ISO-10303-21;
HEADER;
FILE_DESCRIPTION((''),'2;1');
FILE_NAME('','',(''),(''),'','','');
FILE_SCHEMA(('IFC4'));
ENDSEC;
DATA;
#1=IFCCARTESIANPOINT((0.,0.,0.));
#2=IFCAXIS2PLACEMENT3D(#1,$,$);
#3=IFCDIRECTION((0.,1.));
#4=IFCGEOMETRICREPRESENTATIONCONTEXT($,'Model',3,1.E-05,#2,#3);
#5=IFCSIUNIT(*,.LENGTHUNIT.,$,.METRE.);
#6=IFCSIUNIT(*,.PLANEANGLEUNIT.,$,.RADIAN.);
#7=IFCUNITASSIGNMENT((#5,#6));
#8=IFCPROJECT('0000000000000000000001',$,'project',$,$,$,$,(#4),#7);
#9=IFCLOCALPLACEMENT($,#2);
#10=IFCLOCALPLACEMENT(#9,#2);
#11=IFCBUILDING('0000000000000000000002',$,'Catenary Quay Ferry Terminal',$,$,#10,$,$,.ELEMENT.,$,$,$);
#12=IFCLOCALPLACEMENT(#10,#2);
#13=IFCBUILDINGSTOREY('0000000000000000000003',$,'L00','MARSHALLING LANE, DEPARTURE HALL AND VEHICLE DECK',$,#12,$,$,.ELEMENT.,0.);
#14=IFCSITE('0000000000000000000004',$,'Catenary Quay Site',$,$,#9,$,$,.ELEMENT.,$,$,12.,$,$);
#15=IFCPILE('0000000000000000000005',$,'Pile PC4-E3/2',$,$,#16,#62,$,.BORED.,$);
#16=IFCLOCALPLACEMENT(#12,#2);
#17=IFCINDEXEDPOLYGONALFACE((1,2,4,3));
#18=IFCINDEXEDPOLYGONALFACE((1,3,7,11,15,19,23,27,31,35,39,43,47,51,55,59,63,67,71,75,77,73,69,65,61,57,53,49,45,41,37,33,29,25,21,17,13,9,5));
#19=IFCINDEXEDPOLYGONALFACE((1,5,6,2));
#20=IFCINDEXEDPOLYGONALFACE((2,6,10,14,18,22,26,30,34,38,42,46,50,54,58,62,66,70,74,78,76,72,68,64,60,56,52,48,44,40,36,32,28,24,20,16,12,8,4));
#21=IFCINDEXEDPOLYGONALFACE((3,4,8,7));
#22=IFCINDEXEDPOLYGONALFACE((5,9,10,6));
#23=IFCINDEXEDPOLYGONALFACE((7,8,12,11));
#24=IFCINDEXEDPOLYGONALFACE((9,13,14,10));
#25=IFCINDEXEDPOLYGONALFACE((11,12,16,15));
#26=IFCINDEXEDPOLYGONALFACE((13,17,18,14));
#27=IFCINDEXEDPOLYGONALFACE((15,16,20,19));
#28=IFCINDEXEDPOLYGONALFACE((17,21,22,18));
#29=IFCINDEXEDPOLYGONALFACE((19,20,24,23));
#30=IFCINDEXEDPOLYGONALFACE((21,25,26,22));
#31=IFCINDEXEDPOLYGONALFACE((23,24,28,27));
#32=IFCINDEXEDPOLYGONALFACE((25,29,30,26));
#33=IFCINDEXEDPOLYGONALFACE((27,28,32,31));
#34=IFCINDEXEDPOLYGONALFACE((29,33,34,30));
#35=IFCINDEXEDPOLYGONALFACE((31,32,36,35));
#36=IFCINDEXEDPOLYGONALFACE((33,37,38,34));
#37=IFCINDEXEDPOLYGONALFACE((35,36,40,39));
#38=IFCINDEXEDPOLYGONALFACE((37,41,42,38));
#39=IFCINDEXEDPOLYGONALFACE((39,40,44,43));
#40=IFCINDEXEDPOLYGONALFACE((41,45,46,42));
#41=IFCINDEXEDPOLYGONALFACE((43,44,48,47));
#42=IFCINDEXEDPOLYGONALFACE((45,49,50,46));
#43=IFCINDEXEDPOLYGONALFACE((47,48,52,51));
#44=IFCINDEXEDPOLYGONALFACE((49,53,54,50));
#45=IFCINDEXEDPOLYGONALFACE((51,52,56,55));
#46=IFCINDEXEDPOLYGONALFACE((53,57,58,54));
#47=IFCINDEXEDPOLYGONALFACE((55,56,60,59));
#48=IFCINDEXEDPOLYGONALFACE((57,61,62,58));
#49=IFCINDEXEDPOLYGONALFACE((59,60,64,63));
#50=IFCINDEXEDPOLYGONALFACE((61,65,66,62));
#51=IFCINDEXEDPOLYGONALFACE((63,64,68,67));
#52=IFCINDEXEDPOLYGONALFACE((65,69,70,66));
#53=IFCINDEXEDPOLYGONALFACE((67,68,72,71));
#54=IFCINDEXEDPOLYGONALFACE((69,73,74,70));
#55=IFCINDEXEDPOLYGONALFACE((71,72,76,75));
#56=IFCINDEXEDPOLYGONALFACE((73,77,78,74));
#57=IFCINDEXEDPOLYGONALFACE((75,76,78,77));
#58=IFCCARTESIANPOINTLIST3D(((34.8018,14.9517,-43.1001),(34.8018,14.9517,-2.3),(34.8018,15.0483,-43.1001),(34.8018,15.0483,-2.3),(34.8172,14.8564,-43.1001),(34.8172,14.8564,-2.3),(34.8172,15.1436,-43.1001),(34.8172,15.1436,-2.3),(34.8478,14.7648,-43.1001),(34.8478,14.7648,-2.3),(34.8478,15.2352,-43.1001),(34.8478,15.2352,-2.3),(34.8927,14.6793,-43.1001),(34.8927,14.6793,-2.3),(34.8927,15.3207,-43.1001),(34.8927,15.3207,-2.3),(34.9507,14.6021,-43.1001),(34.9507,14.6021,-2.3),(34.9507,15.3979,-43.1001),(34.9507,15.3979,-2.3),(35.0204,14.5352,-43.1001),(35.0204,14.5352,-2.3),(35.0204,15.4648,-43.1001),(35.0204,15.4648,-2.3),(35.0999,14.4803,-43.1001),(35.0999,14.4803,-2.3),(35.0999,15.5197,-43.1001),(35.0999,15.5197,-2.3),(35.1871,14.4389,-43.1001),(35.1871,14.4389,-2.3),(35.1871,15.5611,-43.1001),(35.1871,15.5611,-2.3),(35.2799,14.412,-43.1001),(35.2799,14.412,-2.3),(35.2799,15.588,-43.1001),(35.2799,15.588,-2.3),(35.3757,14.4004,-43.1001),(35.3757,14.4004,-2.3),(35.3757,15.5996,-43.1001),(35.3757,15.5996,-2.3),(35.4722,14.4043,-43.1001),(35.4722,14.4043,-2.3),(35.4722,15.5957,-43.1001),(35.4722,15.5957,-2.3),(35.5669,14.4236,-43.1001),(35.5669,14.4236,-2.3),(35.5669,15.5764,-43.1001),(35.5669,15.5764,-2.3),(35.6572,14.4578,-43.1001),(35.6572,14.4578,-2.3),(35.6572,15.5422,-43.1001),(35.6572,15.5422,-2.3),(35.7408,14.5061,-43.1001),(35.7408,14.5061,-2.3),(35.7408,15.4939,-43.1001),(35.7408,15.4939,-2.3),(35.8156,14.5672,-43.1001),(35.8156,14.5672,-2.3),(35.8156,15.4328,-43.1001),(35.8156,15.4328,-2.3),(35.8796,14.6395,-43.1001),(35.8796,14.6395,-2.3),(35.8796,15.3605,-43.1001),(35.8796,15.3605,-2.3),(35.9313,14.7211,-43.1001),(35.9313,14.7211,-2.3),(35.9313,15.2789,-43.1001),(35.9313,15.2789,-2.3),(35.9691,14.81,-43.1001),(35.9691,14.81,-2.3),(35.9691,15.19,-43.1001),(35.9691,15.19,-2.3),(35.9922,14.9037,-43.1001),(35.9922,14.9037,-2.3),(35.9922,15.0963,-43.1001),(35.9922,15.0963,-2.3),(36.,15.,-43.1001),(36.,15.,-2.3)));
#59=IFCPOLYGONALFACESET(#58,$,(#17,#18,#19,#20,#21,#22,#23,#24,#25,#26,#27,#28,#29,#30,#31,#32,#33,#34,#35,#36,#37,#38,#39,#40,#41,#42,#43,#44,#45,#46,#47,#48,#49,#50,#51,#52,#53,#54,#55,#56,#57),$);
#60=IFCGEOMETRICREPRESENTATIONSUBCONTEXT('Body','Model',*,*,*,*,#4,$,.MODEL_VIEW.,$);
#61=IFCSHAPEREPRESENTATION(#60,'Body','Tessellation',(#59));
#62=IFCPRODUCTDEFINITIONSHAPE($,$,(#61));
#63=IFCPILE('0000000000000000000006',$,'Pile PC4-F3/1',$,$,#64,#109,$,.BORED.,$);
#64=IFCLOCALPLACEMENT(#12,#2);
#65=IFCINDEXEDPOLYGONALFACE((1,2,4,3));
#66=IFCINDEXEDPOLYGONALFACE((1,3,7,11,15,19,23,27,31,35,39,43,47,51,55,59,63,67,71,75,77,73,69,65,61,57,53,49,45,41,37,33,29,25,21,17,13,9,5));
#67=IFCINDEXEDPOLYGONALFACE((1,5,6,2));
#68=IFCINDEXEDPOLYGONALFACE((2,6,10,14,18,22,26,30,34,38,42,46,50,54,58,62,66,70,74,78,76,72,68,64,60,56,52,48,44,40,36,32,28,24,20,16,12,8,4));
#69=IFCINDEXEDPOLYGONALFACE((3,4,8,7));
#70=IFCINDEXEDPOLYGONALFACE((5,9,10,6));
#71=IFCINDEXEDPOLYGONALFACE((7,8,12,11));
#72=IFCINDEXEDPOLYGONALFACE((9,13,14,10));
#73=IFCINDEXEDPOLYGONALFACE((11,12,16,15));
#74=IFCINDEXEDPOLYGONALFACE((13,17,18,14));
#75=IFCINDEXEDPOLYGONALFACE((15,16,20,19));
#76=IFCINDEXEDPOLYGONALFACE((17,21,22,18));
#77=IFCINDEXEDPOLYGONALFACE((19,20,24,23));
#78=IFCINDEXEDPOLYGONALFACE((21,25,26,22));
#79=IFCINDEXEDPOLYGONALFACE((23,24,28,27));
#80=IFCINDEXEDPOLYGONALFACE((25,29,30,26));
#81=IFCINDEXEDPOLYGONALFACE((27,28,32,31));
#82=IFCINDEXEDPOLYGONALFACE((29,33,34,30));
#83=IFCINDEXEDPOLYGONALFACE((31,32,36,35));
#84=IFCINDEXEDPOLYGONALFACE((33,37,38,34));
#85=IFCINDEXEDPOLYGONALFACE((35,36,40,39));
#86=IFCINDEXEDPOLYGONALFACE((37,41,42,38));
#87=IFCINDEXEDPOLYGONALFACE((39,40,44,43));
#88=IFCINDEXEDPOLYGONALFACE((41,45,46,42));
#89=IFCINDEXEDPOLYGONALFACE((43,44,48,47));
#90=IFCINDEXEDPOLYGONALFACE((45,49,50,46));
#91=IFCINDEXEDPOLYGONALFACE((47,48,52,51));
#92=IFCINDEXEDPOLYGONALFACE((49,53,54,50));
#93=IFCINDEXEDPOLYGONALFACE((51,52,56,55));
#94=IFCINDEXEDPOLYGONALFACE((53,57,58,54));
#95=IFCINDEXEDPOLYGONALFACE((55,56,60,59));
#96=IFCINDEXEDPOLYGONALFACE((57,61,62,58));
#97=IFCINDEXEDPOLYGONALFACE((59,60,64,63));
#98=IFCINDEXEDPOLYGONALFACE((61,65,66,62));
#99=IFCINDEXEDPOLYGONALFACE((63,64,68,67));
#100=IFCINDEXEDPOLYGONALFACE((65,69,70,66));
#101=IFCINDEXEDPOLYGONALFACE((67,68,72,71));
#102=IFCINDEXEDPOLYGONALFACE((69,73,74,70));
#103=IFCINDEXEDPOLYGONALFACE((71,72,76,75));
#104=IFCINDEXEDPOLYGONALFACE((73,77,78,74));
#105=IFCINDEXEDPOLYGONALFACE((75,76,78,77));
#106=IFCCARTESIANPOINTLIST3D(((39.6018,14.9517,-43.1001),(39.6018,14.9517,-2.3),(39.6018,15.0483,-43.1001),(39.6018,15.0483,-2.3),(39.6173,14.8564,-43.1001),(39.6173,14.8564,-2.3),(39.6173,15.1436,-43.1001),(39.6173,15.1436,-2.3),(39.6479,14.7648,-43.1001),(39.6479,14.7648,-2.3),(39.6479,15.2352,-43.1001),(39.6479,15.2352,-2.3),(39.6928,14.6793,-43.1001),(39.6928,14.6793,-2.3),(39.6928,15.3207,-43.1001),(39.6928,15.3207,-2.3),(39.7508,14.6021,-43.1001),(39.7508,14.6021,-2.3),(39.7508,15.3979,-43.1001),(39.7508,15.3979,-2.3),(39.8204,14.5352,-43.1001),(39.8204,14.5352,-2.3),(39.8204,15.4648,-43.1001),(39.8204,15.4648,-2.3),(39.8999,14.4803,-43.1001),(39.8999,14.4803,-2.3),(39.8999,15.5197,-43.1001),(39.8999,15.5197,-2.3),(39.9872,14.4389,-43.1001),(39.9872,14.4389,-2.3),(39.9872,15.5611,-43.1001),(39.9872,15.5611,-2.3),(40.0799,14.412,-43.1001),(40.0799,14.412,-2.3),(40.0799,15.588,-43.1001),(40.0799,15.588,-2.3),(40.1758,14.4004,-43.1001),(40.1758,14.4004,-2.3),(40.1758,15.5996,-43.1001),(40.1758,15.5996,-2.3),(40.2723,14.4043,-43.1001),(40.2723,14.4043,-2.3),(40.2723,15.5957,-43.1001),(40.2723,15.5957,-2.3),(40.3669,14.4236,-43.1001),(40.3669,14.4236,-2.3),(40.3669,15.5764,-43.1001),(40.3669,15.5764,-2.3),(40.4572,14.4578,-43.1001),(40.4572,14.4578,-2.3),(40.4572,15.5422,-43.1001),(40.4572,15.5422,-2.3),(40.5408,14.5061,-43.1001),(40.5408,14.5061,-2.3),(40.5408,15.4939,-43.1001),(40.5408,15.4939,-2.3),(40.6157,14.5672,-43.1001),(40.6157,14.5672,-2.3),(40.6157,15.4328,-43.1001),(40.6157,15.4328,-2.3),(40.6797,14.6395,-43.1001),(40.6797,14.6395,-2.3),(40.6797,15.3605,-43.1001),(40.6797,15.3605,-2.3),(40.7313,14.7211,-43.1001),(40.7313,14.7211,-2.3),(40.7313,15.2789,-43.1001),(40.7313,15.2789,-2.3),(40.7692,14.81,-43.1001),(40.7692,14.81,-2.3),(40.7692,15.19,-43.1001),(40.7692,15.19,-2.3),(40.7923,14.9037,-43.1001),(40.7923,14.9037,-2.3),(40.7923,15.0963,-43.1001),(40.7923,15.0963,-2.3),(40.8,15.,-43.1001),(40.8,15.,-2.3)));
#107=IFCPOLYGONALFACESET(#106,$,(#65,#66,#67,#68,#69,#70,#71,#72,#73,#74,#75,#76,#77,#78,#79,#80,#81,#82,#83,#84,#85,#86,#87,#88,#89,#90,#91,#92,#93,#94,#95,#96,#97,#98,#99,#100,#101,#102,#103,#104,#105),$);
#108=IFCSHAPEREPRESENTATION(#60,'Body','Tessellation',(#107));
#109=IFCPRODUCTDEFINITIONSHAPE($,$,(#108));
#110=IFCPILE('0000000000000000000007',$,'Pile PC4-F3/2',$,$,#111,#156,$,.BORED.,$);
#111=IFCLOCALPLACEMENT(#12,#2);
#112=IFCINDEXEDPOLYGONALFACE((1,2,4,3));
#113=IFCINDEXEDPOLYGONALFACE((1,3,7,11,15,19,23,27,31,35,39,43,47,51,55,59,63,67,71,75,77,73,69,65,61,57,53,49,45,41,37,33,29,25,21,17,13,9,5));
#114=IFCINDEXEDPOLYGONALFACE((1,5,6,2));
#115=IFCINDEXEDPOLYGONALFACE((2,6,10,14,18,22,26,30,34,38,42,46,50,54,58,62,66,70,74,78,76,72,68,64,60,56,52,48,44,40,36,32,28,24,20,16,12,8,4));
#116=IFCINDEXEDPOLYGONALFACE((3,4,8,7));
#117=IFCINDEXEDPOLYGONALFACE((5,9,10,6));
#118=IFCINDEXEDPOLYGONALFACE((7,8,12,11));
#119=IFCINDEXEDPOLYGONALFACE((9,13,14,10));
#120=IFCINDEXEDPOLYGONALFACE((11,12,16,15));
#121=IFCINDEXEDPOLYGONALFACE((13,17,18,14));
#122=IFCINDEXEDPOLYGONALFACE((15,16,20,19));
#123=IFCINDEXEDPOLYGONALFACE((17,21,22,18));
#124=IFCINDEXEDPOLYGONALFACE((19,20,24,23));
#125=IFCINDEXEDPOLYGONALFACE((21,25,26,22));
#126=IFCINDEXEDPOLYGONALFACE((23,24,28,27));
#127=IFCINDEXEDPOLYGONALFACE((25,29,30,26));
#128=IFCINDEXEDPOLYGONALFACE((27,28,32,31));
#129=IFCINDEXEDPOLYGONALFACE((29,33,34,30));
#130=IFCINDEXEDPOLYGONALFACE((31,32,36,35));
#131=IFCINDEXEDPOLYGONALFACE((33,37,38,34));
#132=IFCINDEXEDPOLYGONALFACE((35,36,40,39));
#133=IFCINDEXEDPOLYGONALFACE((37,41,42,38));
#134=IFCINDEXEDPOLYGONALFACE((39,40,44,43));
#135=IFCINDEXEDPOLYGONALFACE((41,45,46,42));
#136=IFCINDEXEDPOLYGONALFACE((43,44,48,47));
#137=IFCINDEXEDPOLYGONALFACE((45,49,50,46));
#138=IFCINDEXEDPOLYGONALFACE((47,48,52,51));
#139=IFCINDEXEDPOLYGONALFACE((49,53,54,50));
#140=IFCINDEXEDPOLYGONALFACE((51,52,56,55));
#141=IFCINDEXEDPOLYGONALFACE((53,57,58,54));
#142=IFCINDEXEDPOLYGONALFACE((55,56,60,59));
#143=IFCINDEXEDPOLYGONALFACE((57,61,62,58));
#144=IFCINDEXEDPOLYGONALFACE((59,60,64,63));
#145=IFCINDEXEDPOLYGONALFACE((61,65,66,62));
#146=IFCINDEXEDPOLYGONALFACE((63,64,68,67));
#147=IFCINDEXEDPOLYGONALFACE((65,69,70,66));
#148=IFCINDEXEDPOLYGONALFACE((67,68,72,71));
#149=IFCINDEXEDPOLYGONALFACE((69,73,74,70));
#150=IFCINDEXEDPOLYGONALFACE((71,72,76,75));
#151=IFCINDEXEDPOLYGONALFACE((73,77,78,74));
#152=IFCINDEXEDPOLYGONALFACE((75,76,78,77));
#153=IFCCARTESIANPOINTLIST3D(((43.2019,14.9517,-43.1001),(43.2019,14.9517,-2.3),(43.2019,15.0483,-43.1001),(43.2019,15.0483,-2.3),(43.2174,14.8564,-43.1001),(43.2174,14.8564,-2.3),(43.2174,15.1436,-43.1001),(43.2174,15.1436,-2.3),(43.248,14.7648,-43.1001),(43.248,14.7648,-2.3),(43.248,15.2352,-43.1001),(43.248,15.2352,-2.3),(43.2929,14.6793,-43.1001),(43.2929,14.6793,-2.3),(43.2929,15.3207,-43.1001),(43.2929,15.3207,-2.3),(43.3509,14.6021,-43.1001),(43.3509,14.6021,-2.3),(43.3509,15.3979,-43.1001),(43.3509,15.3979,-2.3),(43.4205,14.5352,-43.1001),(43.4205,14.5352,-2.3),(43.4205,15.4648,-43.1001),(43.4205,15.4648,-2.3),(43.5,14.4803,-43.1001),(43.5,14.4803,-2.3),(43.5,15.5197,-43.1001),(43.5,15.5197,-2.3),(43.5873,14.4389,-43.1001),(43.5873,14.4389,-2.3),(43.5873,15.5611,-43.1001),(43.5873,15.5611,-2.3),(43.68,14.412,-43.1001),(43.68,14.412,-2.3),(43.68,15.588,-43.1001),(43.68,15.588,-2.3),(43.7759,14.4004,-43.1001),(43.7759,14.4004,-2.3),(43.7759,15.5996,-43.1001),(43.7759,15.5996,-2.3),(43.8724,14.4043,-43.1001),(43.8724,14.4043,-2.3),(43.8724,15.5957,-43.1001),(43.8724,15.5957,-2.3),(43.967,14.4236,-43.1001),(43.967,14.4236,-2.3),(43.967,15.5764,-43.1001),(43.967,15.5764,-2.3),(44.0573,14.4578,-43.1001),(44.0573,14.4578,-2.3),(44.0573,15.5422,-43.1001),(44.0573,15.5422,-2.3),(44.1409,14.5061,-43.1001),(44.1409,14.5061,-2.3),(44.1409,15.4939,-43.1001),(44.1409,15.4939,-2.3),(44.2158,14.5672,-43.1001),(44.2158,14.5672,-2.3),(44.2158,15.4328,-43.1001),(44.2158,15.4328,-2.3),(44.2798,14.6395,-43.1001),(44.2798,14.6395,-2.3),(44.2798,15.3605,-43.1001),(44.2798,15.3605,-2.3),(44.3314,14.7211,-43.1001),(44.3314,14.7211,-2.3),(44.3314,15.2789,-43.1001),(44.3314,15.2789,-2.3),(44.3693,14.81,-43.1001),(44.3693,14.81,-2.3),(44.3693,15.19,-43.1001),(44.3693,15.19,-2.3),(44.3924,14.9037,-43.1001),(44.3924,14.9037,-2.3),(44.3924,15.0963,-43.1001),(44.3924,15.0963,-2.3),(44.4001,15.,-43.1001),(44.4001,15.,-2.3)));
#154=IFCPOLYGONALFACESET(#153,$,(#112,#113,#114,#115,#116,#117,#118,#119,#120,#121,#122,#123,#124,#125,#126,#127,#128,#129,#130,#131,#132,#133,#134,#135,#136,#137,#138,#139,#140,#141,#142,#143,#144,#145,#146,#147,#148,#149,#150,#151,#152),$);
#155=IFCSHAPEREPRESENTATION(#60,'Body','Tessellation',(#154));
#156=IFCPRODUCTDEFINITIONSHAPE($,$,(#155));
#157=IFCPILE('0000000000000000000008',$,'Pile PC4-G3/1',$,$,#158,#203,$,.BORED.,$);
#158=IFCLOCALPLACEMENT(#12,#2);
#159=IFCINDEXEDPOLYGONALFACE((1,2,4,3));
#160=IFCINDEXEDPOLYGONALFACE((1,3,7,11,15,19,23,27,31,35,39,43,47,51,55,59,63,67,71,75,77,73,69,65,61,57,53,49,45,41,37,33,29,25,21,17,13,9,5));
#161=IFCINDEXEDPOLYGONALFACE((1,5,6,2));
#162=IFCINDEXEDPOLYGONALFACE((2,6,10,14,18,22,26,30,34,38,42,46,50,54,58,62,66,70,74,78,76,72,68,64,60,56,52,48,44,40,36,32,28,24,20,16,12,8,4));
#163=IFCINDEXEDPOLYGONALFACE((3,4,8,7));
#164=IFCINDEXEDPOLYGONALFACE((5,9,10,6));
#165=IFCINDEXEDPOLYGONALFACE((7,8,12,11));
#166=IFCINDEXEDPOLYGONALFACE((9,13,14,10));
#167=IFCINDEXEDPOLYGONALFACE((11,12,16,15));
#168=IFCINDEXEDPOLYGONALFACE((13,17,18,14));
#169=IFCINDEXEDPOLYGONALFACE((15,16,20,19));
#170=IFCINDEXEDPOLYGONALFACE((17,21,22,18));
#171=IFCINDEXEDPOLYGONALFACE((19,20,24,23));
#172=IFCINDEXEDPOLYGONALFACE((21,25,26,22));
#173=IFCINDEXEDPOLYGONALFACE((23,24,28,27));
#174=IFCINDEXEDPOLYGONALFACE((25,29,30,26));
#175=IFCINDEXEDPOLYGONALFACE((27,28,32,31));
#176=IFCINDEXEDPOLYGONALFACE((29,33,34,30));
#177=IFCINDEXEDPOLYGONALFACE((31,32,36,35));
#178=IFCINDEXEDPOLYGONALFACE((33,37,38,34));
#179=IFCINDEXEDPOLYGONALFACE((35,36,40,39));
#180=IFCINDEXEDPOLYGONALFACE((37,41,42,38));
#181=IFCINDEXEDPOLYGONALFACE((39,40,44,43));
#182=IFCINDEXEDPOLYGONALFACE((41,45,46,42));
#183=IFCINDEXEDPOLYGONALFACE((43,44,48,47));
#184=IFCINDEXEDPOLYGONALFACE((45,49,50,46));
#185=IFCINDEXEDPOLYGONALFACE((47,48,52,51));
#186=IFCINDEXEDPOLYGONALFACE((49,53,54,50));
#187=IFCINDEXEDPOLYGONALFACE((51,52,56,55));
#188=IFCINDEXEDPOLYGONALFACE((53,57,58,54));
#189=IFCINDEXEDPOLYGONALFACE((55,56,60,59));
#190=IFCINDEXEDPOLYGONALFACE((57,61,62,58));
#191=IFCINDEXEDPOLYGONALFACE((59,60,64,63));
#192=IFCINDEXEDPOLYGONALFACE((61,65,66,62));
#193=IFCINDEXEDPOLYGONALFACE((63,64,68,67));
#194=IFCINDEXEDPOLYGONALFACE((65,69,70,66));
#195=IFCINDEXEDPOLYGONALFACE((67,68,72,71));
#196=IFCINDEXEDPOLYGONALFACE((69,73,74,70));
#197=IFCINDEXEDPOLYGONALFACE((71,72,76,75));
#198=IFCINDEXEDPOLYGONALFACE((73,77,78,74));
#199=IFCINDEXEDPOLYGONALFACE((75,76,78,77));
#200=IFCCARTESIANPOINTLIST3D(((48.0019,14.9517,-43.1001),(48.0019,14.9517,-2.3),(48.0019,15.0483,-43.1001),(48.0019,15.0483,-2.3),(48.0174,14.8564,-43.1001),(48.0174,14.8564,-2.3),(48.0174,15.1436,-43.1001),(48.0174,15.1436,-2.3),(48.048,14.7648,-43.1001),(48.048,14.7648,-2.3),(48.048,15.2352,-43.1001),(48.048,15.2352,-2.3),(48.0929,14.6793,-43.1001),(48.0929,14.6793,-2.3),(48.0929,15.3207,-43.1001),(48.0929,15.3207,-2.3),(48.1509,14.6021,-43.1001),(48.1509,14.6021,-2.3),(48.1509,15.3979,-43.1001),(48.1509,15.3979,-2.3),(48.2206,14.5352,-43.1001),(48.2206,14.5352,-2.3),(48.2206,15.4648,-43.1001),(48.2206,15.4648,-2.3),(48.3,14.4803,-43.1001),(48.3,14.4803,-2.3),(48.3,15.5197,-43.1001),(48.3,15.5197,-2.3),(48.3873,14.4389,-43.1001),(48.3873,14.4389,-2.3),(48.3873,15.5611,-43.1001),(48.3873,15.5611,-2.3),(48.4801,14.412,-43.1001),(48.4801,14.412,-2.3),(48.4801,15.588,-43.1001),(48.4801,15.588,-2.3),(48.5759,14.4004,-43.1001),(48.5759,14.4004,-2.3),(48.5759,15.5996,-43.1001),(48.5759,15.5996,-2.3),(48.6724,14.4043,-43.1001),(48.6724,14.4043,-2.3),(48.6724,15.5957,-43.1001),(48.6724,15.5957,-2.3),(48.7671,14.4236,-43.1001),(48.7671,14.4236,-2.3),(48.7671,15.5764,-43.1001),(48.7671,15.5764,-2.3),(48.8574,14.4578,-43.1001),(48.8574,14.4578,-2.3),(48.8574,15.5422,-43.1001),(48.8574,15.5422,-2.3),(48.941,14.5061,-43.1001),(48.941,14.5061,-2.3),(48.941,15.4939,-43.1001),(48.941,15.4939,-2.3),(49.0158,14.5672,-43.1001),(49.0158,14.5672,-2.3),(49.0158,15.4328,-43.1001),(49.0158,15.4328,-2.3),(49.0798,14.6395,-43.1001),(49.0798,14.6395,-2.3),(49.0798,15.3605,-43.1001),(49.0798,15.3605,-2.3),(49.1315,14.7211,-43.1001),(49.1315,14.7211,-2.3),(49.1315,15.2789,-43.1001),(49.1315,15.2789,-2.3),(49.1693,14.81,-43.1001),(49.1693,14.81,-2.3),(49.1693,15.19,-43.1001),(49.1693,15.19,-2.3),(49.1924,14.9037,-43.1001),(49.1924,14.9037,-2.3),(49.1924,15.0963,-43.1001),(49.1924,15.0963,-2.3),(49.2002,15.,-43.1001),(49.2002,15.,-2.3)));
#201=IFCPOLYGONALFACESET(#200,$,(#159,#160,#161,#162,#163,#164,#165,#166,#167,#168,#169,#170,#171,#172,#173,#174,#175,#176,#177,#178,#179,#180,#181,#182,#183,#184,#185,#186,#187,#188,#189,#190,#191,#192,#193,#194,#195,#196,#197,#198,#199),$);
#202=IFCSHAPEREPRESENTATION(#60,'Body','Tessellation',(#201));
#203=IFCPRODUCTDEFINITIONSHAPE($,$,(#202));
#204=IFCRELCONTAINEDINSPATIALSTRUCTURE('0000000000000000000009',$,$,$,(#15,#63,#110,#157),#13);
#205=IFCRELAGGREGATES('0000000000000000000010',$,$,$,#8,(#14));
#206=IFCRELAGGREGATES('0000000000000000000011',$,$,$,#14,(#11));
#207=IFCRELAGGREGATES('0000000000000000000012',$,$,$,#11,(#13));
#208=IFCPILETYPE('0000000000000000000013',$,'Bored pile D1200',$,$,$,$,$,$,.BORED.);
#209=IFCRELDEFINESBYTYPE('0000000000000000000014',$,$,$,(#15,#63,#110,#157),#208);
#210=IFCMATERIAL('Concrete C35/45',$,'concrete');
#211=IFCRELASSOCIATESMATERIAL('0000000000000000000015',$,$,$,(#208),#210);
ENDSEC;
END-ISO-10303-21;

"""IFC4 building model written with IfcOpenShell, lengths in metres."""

from ifc_helpers import new_model, si_unit, direction, frame, origin, origin_2d, place, context, subcontext, project, spatial, circle, extrude, material, material_profile, profile_set, type_object, element, save


model = new_model("IFC4")

# Units and contexts
model_context = context("Model", 3, precision=1e-05, world=origin(), true_north=direction((0.0, 1.0)))
body_context = subcontext(model_context, "Body", "Model", "MODEL_VIEW")
ifc_project = project(units=[si_unit("LENGTHUNIT", "METRE"), si_unit("PLANEANGLEUNIT", "RADIAN")], contexts=[model_context])

# Site, building, storey
site_placement = place(None, origin())
site = spatial("IfcSite", under=ifc_project, at=site_placement, Name="Catenary Quay Site", CompositionType="ELEMENT", RefElevation=12.0)
building_placement = place(site_placement, origin())
building = spatial("IfcBuilding", under=site, at=building_placement, Name="Catenary Quay Ferry Terminal", CompositionType="ELEMENT")
storey_placement = place(building_placement, origin())
storey = spatial("IfcBuildingStorey", under=building, at=storey_placement, Name="L00", Description="MARSHALLING LANE, DEPARTURE HALL AND VEHICLE DECK", CompositionType="ELEMENT", Elevation=0.0)

# Piles
ifc_material_1 = material(Name="Concrete C35/45", Category="concrete")
ifc_material_profile_1 = material_profile(ifc_material_1, circle(Radius=0.6001, at=origin_2d()), Name="D1200")
ifc_profile_set_1 = profile_set([ifc_material_profile_1], Name="Concrete C35/45")
pile_type = type_object("IfcPileType", Name="Bored pile D1200", PredefinedType="BORED", material=ifc_profile_set_1)
for number, where, z_axis, x_axis, name in (
    (1, (35.3999, 15.0, -2.3), (0.0, 0.0, -1.0), (1.0, 0.0, 0.0), "Pile PC4-E3/2"),
    (2, (40.2, 15.0, -2.3), (0.0, 0.0, -1.0), (1.0, 0.0, 0.0), "Pile PC4-F3/1"),
    (3, (43.8, 15.0, -2.3), (0.0, 0.0, -1.0), (1.0, 0.0, 0.0), "Pile PC4-F3/2"),
    (4, (48.6001, 15.0, -2.3), (0.0, 0.0, -1.0), (1.0, 0.0, 0.0), "Pile PC4-G3/1"),
):
    element("IfcPile", number, at=place(storey_placement, frame(where, z_axis=z_axis, x_axis=x_axis)), inside=storey, type_object=pile_type, Name=name, PredefinedType="BORED", context=body_context, shape_type="SweptSolid", body=[
        extrude(circle(Radius=0.6001, at=origin_2d()), origin(), (0.0, 0.0, 1.0), 40.8),
    ])

save(model, "model.ifc")
